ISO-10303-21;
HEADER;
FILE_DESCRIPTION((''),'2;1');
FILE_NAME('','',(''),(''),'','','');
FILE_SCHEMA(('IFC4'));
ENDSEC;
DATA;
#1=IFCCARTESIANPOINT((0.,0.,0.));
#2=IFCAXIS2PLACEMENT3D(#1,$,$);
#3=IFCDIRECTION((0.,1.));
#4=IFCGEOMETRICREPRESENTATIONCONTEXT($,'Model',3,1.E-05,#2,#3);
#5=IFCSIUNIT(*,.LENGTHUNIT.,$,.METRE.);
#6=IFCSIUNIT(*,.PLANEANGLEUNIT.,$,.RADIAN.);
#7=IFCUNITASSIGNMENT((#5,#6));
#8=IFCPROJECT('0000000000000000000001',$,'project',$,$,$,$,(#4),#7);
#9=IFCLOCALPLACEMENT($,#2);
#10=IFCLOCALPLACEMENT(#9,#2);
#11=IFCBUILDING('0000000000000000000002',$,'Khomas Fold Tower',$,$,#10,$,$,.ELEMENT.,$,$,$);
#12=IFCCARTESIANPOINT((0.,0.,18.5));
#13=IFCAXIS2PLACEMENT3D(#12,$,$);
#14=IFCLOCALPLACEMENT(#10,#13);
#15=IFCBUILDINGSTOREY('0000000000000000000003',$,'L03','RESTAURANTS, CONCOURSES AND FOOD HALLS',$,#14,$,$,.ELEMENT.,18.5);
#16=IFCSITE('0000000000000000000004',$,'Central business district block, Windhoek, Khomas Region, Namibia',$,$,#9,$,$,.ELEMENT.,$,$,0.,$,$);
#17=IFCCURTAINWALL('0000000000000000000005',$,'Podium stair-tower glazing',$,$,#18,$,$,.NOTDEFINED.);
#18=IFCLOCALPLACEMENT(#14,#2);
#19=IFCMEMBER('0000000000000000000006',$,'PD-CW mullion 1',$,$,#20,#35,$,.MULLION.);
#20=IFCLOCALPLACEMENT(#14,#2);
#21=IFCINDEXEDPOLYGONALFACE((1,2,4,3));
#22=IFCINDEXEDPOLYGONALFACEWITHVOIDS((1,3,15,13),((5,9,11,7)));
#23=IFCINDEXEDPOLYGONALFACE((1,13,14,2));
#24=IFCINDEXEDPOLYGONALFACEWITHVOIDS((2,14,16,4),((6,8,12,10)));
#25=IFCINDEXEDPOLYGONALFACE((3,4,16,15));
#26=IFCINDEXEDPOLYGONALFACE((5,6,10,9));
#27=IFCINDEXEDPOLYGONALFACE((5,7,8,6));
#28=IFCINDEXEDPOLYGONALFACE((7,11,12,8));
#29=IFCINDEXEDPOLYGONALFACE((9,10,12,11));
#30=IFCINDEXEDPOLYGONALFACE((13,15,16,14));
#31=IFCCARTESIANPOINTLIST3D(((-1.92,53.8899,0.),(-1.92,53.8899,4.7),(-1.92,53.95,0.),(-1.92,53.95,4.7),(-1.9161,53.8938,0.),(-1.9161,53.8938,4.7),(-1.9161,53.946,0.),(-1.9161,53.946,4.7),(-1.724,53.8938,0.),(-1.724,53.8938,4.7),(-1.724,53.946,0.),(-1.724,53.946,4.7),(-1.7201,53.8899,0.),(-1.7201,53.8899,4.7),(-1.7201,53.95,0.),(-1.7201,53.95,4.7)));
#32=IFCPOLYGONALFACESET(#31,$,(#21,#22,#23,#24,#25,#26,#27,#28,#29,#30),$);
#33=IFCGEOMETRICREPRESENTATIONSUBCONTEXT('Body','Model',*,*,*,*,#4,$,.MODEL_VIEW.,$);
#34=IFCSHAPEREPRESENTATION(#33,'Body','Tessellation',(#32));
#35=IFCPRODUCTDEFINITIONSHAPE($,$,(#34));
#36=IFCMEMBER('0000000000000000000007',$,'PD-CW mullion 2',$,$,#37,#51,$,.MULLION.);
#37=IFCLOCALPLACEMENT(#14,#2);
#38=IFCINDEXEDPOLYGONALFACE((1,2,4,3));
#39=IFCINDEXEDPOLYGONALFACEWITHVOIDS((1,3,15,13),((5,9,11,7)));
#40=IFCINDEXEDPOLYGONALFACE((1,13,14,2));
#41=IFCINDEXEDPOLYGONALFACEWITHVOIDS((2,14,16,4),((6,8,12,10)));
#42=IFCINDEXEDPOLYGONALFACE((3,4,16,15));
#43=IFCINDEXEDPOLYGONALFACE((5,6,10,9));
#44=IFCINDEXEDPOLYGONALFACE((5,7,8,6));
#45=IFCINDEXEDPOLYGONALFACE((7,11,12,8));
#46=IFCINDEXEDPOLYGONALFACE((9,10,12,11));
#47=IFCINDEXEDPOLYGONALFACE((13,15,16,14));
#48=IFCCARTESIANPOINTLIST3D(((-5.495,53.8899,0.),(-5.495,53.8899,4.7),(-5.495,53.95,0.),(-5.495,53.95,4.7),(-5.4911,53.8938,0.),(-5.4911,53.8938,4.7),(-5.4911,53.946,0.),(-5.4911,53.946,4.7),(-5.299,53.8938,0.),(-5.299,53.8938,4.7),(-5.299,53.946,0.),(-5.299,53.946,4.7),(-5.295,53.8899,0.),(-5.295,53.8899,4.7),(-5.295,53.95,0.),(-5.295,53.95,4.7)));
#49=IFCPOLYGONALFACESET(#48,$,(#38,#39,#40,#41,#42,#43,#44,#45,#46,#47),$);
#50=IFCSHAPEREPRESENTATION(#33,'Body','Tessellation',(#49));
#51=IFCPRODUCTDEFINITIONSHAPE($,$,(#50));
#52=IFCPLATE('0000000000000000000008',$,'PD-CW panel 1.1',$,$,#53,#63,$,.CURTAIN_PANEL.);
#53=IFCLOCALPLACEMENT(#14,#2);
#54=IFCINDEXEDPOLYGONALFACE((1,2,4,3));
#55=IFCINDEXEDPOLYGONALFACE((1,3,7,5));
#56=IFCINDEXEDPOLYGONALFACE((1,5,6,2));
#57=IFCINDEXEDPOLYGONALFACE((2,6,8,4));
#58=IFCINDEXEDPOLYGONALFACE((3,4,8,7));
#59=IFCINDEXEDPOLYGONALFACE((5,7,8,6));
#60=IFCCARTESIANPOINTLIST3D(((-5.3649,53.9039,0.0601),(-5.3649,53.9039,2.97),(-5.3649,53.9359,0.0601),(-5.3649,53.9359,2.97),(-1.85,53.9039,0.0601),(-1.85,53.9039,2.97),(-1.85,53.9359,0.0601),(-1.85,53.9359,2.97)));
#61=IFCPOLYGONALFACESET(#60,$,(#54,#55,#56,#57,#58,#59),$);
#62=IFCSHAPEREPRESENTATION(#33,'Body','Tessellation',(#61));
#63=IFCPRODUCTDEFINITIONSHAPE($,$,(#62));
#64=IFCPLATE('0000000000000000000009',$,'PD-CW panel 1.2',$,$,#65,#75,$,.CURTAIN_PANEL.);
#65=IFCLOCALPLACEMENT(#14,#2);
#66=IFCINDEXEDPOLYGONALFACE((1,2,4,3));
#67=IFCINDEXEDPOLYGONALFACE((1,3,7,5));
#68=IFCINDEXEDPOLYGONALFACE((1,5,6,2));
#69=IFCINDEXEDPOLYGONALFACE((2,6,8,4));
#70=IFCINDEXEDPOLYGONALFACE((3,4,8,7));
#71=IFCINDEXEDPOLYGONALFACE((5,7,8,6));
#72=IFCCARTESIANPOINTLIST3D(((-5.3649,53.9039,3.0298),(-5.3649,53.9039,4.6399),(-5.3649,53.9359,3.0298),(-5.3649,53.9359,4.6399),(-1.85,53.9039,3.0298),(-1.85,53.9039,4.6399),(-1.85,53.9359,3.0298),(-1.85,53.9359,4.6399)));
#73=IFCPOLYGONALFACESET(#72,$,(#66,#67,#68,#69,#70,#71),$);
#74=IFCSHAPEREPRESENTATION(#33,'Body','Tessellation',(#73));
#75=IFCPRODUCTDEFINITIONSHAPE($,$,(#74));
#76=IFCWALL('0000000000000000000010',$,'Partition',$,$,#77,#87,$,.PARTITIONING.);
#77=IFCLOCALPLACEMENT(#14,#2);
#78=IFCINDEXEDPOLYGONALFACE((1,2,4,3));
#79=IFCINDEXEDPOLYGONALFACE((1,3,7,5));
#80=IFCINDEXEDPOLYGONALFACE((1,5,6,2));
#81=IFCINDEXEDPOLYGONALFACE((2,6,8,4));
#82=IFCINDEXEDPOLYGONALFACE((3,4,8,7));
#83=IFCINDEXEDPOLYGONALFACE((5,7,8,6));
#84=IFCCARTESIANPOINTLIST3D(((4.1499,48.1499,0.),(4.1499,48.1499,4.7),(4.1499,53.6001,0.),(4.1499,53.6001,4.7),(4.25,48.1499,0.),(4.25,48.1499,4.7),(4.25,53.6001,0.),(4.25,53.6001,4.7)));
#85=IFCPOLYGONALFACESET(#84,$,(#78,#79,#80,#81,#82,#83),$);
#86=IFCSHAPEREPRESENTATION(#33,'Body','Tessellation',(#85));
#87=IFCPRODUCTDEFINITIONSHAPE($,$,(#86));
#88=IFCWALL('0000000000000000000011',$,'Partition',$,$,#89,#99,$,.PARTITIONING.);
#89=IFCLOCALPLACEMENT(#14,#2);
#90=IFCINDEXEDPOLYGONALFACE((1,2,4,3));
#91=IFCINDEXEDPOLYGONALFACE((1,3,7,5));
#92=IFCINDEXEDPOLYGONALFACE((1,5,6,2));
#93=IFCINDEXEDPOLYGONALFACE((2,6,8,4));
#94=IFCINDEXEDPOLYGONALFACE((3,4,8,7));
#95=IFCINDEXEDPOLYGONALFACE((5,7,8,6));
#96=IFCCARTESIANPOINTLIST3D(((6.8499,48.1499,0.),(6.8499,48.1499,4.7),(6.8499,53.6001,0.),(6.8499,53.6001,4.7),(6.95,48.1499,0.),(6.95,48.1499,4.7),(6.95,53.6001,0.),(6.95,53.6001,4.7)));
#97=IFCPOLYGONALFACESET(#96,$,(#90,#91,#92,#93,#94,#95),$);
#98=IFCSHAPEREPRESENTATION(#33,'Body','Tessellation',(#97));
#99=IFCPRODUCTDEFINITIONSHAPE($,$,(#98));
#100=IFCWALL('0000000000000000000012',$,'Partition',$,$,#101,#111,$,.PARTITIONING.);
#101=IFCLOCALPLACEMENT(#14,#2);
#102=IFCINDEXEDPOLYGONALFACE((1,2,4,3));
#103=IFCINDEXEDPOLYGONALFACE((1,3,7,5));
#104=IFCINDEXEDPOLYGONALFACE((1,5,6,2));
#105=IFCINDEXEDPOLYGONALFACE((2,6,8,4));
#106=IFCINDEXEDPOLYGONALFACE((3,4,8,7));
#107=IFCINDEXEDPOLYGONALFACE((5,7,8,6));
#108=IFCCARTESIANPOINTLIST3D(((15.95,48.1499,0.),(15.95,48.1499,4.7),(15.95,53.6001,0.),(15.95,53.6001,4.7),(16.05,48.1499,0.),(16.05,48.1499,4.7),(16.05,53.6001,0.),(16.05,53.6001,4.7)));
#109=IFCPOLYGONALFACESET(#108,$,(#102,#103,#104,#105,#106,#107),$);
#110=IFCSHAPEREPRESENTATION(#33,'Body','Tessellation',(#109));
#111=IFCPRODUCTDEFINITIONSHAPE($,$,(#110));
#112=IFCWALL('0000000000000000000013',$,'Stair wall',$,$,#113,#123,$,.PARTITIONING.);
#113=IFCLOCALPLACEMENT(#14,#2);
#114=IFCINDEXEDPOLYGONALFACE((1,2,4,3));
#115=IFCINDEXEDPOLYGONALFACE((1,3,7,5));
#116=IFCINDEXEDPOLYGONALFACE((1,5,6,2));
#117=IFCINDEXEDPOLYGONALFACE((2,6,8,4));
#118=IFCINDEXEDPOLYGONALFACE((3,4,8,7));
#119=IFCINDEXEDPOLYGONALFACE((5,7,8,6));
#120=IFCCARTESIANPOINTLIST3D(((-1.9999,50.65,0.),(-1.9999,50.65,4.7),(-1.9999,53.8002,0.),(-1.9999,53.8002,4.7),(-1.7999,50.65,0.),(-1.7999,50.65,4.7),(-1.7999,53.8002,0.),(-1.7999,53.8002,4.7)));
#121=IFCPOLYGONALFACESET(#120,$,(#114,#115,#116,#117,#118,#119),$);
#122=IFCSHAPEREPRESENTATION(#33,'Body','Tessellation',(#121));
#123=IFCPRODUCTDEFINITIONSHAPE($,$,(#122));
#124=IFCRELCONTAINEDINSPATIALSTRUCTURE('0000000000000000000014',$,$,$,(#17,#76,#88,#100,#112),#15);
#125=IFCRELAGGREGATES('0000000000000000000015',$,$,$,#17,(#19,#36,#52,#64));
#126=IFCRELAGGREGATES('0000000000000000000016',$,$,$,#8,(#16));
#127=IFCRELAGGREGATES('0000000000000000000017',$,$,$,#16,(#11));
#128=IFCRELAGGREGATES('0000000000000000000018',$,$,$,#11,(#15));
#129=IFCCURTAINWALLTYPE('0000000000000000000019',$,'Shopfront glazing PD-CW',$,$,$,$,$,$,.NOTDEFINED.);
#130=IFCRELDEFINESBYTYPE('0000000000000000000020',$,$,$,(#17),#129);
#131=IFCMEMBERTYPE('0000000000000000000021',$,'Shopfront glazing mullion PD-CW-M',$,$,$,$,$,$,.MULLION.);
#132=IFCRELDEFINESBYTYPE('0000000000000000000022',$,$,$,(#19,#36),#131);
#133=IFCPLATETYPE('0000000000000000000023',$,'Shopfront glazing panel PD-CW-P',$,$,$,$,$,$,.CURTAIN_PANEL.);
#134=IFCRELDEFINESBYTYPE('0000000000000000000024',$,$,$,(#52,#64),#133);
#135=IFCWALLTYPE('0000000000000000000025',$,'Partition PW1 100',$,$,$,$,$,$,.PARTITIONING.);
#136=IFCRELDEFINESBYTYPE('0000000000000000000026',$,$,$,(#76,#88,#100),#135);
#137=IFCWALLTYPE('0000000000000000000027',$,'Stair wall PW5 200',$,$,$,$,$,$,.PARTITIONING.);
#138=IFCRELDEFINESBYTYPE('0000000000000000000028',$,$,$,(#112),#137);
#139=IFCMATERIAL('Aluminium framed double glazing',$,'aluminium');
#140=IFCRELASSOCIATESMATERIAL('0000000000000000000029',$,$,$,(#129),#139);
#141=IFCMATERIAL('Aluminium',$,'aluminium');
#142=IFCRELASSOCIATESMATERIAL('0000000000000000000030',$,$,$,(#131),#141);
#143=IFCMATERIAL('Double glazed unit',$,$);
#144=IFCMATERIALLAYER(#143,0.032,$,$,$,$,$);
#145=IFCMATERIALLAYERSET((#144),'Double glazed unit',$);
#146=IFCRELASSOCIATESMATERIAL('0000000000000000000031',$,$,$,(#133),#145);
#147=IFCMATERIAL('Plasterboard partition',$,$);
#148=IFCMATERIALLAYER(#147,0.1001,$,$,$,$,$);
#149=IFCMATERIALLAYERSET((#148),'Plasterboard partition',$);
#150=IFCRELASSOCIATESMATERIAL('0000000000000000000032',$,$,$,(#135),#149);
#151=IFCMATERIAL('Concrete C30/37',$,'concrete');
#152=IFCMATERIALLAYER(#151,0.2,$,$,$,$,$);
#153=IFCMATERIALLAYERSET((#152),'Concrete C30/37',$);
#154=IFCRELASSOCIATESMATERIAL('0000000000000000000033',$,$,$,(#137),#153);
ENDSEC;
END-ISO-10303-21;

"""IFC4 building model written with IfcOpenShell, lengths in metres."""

from ifc_helpers import new_model, si_unit, direction, frame, frame_2d, origin, origin_2d, place, context, subcontext, project, spatial, rectangle, hollow_rectangle, extrude, source, transform, mapped, material, layer, layer_set, material_profile, profile_set, type_object, element, aggregate, save


model = new_model("IFC4")

# Units and contexts
model_context = context("Model", 3, precision=1e-05, world=origin(), true_north=direction((0.0, 1.0)))
body_context = subcontext(model_context, "Body", "Model", "MODEL_VIEW")
ifc_project = project(units=[si_unit("LENGTHUNIT", "METRE"), si_unit("PLANEANGLEUNIT", "RADIAN")], contexts=[model_context])

# Site, building, storey
site_placement = place(None, origin())
site = spatial("IfcSite", under=ifc_project, at=site_placement, Name="Central business district block, Windhoek, Khomas Region, Namibia", CompositionType="ELEMENT", RefElevation=0.0)
building_placement = place(site_placement, origin())
building = spatial("IfcBuilding", under=site, at=building_placement, Name="Khomas Fold Tower", CompositionType="ELEMENT")
storey_placement = place(building_placement, frame((0.0, 0.0, 18.5)))
storey = spatial("IfcBuildingStorey", under=building, at=storey_placement, Name="L03", Description="RESTAURANTS, CONCOURSES AND FOOD HALLS", CompositionType="ELEMENT", Elevation=18.5)

# Curtain wall, members, plates
ifc_material_1 = material(Name="Aluminium framed double glazing", Category="aluminium")
curtain_wall_type = type_object("IfcCurtainWallType", Name="Shopfront glazing PD-CW", PredefinedType="NOTDEFINED", material=ifc_material_1)
curtain_wall_placement = place(storey_placement, origin())
curtain_wall = element("IfcCurtainWall", 1, at=curtain_wall_placement, inside=storey, type_object=curtain_wall_type, Name="Podium stair-tower glazing", PredefinedType="NOTDEFINED")
ifc_material_2 = material(Name="Aluminium", Category="aluminium")
ifc_material_profile_1 = material_profile(ifc_material_2, hollow_rectangle(XDim=0.0601, YDim=0.2, WallThickness=0.0039, at=origin_2d()), Name="Shopfront glazing mullion PD-CW-M")
ifc_profile_set_1 = profile_set([ifc_material_profile_1], Name="Aluminium")
member_type_1 = type_object("IfcMemberType", Name="Shopfront glazing mullion PD-CW-M", PredefinedType="MULLION", material=ifc_profile_set_1)
shared_shape_1 = source(origin(), body_context, "Body", "SweptSolid", [
    extrude(hollow_rectangle(XDim=0.0601, YDim=0.2, WallThickness=0.0039, at=origin_2d()), origin(), (0.0, 0.0, 1.0), 4.7),
])
member_1_placement = place(storey_placement, frame((-1.8201, 53.9199, 0.0), z_axis=(0.0, 0.0, 1.0), x_axis=(0.0, -1.0, 0.0)))
member_1 = element("IfcMember", 2, at=member_1_placement, type_object=member_type_1, Name="PD-CW mullion 1", PredefinedType="MULLION", context=body_context, shape_type="MappedRepresentation", body=[
    mapped(shared_shape_1, transform((0.0, 0.0, 0.0))),
])
member_2_placement = place(storey_placement, frame((-5.395, 53.9199, 0.0), z_axis=(0.0, 0.0, 1.0), x_axis=(0.0, -1.0, 0.0)))
member_2 = element("IfcMember", 3, at=member_2_placement, type_object=member_type_1, Name="PD-CW mullion 2", PredefinedType="MULLION", context=body_context, shape_type="MappedRepresentation", body=[
    mapped(shared_shape_1, transform((0.0, 0.0, 0.0))),
])
ifc_material_3 = material(Name="Double glazed unit")
ifc_layer_1 = layer(ifc_material_3, 0.032)
ifc_layer_set_1 = layer_set([ifc_layer_1], Name="Double glazed unit")
plate_type = type_object("IfcPlateType", Name="Shopfront glazing panel PD-CW-P", PredefinedType="CURTAIN_PANEL", material=ifc_layer_set_1)
shared_shape_2 = source(origin(), body_context, "Body", "SweptSolid", [
    extrude(rectangle(XDim=3.5149, YDim=0.032, at=origin_2d()), origin(), (0.0, 0.0, 1.0), 2.9099),
])
plate_1_placement = place(storey_placement, frame((-3.6074, 53.9199, 0.0601), z_axis=(0.0, 0.0, 1.0), x_axis=(-1.0, 0.0, 0.0)))
plate_1 = element("IfcPlate", 4, at=plate_1_placement, type_object=plate_type, Name="PD-CW panel 1.1", PredefinedType="CURTAIN_PANEL", context=body_context, shape_type="MappedRepresentation", body=[
    mapped(shared_shape_2, transform((0.0, 0.0, 0.0))),
])
shared_shape_3 = source(origin(), body_context, "Body", "SweptSolid", [
    extrude(rectangle(XDim=3.5149, YDim=0.032, at=origin_2d()), origin(), (0.0, 0.0, 1.0), 1.6101),
])
plate_2_placement = place(storey_placement, frame((-3.6074, 53.9199, 3.0298), z_axis=(0.0, 0.0, 1.0), x_axis=(-1.0, 0.0, 0.0)))
plate_2 = element("IfcPlate", 5, at=plate_2_placement, type_object=plate_type, Name="PD-CW panel 1.2", PredefinedType="CURTAIN_PANEL", context=body_context, shape_type="MappedRepresentation", body=[
    mapped(shared_shape_3, transform((0.0, 0.0, 0.0))),
])
aggregate(curtain_wall, [member_1, member_2, plate_1, plate_2])

# Walls
ifc_material_4 = material(Name="Plasterboard partition")
ifc_layer_2 = layer(ifc_material_4, 0.1001)
ifc_layer_set_2 = layer_set([ifc_layer_2], Name="Plasterboard partition")
wall_type_1 = type_object("IfcWallType", Name="Partition PW1 100", PredefinedType="PARTITIONING", material=ifc_layer_set_2)
shared_shape_4 = source(origin(), body_context, "Body", "SweptSolid", [
    extrude(rectangle(XDim=5.4502, YDim=0.1001, at=frame_2d((2.7251, 0.0))), origin(), (0.0, 0.0, 1.0), 4.7),
])
for number, where, z_axis, x_axis, name in (
    (6, (4.2, 48.1499, 0.0), (0.0, 0.0, 1.0), (0.0, 1.0, 0.0), "Partition"),
    (7, (6.8999, 48.1499, 0.0), (0.0, 0.0, 1.0), (0.0, 1.0, 0.0), "Partition"),
    (8, (16.0, 48.1499, 0.0), (0.0, 0.0, 1.0), (0.0, 1.0, 0.0), "Partition"),
):
    element("IfcWall", number, at=place(storey_placement, frame(where, z_axis=z_axis, x_axis=x_axis)), inside=storey, type_object=wall_type_1, Name=name, PredefinedType="PARTITIONING", context=body_context, shape_type="MappedRepresentation", body=[
        mapped(shared_shape_4, transform((0.0, 0.0, 0.0))),
    ])
ifc_material_5 = material(Name="Concrete C30/37", Category="concrete")
ifc_layer_3 = layer(ifc_material_5, 0.2)
ifc_layer_set_3 = layer_set([ifc_layer_3], Name="Concrete C30/37")
wall_type_2 = type_object("IfcWallType", Name="Stair wall PW5 200", PredefinedType="PARTITIONING", material=ifc_layer_set_3)
shared_shape_5 = source(origin(), body_context, "Body", "SweptSolid", [
    extrude(rectangle(XDim=3.1501, YDim=0.2, at=frame_2d((1.5752, 0.0))), origin(), (0.0, 0.0, 1.0), 4.7),
])
wall_1_placement = place(storey_placement, frame((-1.8999, 50.6499, 0.0), z_axis=(0.0, 0.0, 1.0), x_axis=(0.0, 1.0, 0.0)))
element("IfcWall", 9, at=wall_1_placement, inside=storey, type_object=wall_type_2, Name="Stair wall", PredefinedType="PARTITIONING", context=body_context, shape_type="MappedRepresentation", body=[
    mapped(shared_shape_5, transform((0.0, 0.0, 0.0))),
])

save(model, "model.ifc")
